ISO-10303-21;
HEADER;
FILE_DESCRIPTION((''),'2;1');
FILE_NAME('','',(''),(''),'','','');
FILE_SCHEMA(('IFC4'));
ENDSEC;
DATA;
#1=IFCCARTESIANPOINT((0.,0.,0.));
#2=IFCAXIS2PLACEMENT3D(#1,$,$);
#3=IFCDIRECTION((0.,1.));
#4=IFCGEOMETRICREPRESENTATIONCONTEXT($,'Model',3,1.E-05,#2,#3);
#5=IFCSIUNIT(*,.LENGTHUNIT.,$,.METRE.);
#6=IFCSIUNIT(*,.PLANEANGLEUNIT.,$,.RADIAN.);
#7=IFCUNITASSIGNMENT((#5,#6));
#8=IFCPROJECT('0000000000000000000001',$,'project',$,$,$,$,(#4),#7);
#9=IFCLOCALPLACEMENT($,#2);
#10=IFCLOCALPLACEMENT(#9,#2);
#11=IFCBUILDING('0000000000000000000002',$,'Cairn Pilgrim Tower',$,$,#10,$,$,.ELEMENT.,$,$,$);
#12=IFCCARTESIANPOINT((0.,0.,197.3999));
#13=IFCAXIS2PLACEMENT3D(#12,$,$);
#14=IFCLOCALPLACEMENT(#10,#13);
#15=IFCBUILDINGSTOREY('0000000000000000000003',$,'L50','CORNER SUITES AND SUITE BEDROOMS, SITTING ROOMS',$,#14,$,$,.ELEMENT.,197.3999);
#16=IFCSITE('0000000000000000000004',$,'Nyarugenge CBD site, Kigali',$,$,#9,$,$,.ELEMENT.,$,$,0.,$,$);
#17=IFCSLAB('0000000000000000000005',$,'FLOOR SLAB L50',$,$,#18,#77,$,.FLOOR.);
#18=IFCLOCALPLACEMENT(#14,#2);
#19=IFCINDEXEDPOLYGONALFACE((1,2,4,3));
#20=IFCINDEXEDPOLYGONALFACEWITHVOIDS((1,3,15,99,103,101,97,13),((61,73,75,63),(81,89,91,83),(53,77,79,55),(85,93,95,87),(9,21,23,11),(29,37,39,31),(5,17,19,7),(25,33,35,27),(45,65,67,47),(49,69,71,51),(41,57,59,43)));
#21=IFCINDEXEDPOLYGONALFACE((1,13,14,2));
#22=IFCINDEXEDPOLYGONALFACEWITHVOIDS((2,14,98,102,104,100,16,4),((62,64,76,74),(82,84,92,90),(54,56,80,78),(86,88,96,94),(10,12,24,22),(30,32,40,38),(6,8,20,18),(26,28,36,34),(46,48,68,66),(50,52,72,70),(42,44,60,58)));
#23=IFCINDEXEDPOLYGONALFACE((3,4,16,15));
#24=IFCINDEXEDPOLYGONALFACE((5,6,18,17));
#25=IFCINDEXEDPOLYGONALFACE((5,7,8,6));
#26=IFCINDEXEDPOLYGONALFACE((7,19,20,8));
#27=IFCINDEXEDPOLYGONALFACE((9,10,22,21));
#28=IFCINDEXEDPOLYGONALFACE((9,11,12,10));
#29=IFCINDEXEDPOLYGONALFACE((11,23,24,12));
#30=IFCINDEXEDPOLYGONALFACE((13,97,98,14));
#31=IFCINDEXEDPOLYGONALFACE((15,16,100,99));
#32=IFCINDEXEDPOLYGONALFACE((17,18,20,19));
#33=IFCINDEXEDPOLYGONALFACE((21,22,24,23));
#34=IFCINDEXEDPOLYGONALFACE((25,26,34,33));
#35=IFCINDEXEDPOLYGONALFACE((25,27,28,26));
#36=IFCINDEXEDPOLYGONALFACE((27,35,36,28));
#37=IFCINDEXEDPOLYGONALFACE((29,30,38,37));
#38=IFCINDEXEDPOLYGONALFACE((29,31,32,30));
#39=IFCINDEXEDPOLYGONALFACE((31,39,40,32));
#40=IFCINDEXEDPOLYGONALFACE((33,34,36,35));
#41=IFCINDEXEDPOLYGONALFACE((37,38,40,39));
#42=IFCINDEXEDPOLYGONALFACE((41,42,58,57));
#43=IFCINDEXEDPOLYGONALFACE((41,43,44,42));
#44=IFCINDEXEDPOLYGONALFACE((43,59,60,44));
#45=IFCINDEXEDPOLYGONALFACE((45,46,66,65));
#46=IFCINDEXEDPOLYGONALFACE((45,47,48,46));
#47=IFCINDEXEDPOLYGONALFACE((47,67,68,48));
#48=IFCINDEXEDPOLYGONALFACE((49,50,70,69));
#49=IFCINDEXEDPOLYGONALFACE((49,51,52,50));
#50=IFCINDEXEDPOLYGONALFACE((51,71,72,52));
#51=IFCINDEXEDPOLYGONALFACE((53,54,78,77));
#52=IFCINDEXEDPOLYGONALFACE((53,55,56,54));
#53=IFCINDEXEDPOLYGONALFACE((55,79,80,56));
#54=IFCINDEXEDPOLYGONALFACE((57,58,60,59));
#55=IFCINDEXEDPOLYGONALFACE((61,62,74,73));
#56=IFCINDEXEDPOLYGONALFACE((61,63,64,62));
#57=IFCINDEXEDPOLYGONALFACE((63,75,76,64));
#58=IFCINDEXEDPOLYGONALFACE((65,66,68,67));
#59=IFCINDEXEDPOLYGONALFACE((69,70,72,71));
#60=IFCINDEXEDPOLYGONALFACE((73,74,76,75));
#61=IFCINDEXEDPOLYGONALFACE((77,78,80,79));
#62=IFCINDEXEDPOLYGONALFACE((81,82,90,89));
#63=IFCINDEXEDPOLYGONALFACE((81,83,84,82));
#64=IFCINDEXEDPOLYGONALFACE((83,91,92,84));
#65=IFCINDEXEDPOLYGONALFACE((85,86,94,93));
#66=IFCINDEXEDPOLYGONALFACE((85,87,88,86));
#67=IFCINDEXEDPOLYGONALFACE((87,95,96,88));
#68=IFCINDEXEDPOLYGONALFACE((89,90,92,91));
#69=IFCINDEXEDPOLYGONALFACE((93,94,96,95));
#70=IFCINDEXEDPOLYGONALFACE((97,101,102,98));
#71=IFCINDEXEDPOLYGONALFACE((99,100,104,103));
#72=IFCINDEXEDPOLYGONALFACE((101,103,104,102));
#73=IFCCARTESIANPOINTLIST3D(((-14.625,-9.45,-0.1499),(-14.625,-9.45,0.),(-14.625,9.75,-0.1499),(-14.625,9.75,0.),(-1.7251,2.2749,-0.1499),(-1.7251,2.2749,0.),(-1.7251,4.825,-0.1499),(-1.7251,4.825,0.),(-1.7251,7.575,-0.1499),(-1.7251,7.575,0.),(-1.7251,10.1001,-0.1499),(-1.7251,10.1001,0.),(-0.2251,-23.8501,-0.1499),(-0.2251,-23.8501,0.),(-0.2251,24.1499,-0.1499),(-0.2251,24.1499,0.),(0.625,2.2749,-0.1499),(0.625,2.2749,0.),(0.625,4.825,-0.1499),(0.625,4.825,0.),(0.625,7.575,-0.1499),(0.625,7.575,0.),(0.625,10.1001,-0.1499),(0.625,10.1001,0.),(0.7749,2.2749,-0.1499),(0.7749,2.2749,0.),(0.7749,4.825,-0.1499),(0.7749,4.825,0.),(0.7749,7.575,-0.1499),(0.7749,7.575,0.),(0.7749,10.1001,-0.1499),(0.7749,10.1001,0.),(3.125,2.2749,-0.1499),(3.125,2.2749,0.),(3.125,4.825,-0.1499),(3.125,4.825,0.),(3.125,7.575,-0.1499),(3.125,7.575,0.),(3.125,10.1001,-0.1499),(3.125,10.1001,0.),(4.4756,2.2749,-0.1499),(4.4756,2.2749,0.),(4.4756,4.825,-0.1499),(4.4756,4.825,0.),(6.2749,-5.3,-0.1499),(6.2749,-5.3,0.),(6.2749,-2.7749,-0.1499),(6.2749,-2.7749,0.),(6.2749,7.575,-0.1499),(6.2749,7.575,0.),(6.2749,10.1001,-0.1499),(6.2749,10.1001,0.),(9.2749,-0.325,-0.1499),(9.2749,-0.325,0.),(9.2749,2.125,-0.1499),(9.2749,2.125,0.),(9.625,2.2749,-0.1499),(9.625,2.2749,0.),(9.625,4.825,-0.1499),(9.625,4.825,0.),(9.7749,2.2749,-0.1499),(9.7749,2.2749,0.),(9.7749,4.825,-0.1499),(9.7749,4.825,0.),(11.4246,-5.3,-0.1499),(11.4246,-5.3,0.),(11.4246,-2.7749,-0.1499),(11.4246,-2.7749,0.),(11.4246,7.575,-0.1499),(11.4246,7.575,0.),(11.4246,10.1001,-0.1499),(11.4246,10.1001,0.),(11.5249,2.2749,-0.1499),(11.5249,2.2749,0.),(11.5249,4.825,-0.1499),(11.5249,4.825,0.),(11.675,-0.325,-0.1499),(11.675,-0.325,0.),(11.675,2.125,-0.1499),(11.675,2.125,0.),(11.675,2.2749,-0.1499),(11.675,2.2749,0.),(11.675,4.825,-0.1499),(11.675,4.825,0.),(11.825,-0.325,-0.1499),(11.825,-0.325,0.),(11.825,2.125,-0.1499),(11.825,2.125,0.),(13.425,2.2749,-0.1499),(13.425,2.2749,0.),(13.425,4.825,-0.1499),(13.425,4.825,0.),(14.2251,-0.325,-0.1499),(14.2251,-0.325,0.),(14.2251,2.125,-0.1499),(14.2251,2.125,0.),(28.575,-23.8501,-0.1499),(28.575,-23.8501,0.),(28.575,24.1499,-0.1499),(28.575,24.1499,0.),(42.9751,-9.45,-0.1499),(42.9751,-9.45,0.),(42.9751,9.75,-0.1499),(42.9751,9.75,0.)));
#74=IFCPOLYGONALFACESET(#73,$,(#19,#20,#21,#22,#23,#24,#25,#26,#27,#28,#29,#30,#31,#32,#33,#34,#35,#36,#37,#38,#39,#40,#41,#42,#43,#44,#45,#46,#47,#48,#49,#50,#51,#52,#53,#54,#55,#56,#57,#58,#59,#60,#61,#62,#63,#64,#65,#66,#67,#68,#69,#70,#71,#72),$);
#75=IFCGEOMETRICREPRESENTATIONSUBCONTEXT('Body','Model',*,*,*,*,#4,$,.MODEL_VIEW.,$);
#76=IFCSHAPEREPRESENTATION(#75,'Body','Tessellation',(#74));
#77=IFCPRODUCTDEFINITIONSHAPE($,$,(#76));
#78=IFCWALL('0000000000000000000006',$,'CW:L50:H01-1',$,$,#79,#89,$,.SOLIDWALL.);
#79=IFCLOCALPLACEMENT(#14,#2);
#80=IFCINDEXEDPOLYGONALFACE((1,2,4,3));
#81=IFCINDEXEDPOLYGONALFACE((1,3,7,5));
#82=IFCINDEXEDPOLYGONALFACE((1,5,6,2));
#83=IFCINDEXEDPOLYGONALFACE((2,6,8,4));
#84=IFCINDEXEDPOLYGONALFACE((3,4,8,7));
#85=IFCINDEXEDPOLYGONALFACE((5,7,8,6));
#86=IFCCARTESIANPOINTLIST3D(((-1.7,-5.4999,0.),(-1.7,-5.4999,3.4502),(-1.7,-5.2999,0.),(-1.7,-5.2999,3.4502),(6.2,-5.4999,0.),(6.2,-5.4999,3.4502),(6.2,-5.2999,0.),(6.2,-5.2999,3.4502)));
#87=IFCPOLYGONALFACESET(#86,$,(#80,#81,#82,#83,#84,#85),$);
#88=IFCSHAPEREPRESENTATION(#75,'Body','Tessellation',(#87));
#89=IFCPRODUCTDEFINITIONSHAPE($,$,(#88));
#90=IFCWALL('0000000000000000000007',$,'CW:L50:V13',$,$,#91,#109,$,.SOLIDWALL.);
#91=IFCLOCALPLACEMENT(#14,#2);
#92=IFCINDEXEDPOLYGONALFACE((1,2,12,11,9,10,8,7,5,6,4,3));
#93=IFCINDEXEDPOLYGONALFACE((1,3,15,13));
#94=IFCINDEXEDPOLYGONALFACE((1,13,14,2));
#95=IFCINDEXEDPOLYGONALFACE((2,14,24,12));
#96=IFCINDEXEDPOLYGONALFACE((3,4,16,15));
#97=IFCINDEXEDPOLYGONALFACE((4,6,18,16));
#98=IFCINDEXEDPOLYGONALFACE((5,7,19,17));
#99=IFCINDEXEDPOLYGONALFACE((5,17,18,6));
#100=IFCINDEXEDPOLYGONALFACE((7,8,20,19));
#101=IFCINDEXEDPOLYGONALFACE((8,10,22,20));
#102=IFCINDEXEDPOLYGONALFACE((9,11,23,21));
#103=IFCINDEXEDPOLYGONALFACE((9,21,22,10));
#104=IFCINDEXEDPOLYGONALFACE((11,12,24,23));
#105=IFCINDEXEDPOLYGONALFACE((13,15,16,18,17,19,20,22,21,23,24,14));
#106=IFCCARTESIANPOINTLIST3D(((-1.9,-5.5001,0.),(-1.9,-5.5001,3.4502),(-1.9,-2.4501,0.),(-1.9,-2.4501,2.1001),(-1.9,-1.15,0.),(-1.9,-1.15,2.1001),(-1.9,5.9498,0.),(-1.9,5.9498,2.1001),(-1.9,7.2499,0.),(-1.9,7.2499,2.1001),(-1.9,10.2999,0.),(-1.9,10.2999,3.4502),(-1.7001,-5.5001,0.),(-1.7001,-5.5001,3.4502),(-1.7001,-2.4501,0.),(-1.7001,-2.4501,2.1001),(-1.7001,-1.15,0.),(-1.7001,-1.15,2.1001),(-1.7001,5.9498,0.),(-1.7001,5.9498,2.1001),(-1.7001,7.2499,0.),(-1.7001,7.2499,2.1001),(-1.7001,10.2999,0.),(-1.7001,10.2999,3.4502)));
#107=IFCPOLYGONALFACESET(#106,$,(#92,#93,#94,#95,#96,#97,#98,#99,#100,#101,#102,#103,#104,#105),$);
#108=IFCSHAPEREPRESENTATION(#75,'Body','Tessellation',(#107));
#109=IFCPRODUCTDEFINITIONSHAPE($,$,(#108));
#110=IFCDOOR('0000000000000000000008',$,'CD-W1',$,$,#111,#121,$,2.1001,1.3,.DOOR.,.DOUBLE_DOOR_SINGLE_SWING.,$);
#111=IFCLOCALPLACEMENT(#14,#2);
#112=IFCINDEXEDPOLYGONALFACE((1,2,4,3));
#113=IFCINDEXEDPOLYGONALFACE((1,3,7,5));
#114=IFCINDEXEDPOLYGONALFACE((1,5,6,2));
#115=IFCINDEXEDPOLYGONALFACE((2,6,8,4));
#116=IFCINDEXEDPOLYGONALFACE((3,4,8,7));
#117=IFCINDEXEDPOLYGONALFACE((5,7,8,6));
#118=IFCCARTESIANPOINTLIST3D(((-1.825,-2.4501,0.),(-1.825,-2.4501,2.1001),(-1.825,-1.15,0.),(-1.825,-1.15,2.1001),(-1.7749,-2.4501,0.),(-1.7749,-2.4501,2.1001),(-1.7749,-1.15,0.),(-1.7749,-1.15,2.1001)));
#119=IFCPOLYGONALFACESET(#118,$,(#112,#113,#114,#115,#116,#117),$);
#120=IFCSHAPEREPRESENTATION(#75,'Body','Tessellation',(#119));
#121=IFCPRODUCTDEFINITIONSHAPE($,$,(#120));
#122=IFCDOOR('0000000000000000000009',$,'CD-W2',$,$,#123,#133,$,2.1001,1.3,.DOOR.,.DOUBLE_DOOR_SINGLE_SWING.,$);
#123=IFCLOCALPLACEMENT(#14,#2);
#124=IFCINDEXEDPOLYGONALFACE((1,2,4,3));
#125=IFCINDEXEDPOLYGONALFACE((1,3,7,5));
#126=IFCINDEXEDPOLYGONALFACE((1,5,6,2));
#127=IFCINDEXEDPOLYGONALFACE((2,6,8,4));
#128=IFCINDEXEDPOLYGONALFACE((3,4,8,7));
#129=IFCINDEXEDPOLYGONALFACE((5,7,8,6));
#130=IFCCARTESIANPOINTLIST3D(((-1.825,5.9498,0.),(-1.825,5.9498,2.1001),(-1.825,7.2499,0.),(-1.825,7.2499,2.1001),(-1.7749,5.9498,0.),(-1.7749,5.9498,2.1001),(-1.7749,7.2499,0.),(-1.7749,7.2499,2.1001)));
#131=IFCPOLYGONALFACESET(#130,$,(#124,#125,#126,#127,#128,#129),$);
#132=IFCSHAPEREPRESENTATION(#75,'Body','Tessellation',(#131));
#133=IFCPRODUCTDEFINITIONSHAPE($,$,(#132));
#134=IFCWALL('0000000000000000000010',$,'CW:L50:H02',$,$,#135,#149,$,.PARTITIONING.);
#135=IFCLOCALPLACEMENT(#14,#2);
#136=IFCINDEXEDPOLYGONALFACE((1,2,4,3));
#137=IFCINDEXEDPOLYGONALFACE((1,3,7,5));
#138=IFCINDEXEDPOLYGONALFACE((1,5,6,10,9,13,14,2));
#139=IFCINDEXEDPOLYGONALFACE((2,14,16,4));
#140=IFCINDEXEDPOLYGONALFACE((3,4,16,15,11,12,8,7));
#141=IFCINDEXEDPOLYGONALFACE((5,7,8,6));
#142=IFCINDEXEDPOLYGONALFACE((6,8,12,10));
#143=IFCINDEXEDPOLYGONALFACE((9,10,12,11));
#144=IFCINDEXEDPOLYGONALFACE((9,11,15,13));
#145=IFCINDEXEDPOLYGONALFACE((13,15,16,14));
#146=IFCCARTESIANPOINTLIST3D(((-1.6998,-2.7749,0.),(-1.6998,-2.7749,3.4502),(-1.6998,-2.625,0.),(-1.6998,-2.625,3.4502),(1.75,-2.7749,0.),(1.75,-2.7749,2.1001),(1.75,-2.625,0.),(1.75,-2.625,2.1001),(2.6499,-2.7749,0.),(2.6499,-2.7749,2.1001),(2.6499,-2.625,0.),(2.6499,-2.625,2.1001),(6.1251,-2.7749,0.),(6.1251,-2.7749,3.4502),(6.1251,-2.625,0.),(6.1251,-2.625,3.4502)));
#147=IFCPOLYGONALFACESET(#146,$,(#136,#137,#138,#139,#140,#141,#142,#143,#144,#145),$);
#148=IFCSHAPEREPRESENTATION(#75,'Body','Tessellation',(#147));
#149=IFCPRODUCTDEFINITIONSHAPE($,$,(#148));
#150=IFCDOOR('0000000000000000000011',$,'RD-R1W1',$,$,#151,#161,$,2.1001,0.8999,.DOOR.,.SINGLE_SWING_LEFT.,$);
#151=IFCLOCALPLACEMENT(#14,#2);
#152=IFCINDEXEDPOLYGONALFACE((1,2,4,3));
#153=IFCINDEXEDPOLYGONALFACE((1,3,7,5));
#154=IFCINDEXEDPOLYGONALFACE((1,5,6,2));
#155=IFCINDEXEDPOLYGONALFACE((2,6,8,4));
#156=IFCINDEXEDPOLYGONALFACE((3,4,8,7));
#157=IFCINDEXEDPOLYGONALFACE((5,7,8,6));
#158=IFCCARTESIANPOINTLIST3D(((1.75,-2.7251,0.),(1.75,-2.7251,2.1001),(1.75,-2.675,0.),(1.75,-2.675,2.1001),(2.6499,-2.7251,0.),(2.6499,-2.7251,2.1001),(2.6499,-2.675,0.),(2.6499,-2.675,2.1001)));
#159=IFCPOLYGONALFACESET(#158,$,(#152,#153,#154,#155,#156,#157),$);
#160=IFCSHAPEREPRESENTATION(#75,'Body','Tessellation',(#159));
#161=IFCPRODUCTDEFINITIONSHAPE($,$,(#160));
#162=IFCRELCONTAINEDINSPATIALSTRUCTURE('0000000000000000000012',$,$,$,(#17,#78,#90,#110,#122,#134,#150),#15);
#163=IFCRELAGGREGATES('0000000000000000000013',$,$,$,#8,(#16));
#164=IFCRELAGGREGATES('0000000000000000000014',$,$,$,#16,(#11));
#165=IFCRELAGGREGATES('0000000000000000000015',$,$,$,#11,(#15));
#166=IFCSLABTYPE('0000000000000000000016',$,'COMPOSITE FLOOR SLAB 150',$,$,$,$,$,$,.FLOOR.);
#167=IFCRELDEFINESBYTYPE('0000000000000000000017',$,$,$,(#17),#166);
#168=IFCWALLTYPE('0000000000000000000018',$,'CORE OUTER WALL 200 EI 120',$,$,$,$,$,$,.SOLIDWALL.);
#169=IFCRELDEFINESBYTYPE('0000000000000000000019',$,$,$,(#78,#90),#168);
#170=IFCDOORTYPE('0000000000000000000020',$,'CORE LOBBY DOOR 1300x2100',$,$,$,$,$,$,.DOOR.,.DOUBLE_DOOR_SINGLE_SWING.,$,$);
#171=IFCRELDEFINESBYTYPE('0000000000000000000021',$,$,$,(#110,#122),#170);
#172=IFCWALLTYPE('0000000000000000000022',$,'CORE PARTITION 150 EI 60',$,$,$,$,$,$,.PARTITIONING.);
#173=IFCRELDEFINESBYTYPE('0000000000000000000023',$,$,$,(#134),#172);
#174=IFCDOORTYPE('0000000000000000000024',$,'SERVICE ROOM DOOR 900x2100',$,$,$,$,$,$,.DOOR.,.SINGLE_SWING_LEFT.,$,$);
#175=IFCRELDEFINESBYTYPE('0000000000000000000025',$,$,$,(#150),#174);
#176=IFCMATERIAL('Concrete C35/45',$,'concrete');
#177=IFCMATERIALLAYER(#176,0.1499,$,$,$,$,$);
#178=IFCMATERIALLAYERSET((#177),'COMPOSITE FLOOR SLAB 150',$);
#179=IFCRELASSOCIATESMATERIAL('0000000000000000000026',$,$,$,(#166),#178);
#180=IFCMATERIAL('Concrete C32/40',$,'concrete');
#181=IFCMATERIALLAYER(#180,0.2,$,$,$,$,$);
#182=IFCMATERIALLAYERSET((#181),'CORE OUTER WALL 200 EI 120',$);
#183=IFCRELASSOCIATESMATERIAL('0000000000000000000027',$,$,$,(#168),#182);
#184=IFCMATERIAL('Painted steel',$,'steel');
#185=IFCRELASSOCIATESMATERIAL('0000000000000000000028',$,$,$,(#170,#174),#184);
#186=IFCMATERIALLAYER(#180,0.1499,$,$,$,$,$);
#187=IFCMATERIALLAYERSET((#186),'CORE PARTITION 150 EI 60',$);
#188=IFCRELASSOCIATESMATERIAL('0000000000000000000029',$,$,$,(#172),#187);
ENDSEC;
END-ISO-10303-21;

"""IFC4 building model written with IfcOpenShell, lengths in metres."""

from ifc_helpers import new_model, si_unit, direction, frame, frame_2d, origin, place, context, subcontext, project, spatial, polyline, rectangle, outline, extrude, material, layer, layer_set, type_object, element, fill, save


model = new_model("IFC4")

# Units and contexts
model_context = context("Model", 3, precision=1e-05, world=origin(), true_north=direction((0.0, 1.0)))
body_context = subcontext(model_context, "Body", "Model", "MODEL_VIEW")
ifc_project = project(units=[si_unit("LENGTHUNIT", "METRE"), si_unit("PLANEANGLEUNIT", "RADIAN")], contexts=[model_context])

# Site, building, storey
site_placement = place(None, origin())
site = spatial("IfcSite", under=ifc_project, at=site_placement, Name="Nyarugenge CBD site, Kigali", CompositionType="ELEMENT", RefElevation=0.0)
building_placement = place(site_placement, origin())
building = spatial("IfcBuilding", under=site, at=building_placement, Name="Cairn Pilgrim Tower", CompositionType="ELEMENT")
storey_placement = place(building_placement, frame((0.0, 0.0, 197.3999)))
storey = spatial("IfcBuildingStorey", under=building, at=storey_placement, Name="L50", Description="CORNER SUITES AND SUITE BEDROOMS, SITTING ROOMS", CompositionType="ELEMENT", Elevation=197.3999)

# Slab
ifc_material_1 = material(Name="Concrete C35/45", Category="concrete")
ifc_layer_1 = layer(ifc_material_1, 0.1499)
ifc_layer_set_1 = layer_set([ifc_layer_1], Name="COMPOSITE FLOOR SLAB 150")
slab_type_1 = type_object("IfcSlabType", Name="COMPOSITE FLOOR SLAB 150", PredefinedType="FLOOR", material=ifc_layer_set_1)
slab_1_placement = place(storey_placement, frame((0.0, 0.0, -0.1499)))
element("IfcSlab", 1, at=slab_1_placement, inside=storey, type_object=slab_type_1, Name="FLOOR SLAB L50", PredefinedType="FLOOR", context=body_context, shape_type="SweptSolid", body=[
    extrude(outline(polyline([(-0.2251, -23.8501), (28.575, -23.8501), (42.9751, -9.45), (42.9751, 9.75), (28.575, 24.1499), (-0.2251, 24.1499), (-14.625, 9.75), (-14.625, -9.45), (-0.2251, -23.8501)]), holes=[polyline([(9.2749, -0.325), (11.675, -0.325), (11.675, 2.125), (9.2749, 2.125), (9.2749, -0.325)]), polyline([(11.825, -0.325), (14.2251, -0.325), (14.2251, 2.125), (11.825, 2.125), (11.825, -0.325)]), polyline([(-1.7251, 2.2749), (0.625, 2.2749), (0.625, 4.825), (-1.7251, 4.825), (-1.7251, 2.2749)]), polyline([(0.7749, 2.2749), (3.125, 2.2749), (3.125, 4.825), (0.7749, 4.825), (0.7749, 2.2749)]), polyline([(-1.7251, 7.575), (0.625, 7.575), (0.625, 10.1001), (-1.7251, 10.1001), (-1.7251, 7.575)]), polyline([(0.7749, 7.575), (3.125, 7.575), (3.125, 10.1001), (0.7749, 10.1001), (0.7749, 7.575)]), polyline([(9.7749, 2.2749), (11.5249, 2.2749), (11.5249, 4.825), (9.7749, 4.825), (9.7749, 2.2749)]), polyline([(11.675, 2.2749), (13.425, 2.2749), (13.425, 4.825), (11.675, 4.825), (11.675, 2.2749)]), polyline([(11.4246, -2.7749), (6.2749, -2.7749), (6.2749, -5.3), (11.4246, -5.3), (11.4246, -2.7749)]), polyline([(4.4756, 2.2749), (9.625, 2.2749), (9.625, 4.825), (4.4756, 4.825), (4.4756, 2.2749)]), polyline([(11.4246, 10.1001), (6.2749, 10.1001), (6.2749, 7.575), (11.4246, 7.575), (11.4246, 10.1001)])]), origin(), (0.0, 0.0, 1.0), 0.1499),
])

# Wall
ifc_material_2 = material(Name="Concrete C32/40", Category="concrete")
ifc_layer_2 = layer(ifc_material_2, 0.2)
ifc_layer_set_2 = layer_set([ifc_layer_2], Name="CORE OUTER WALL 200 EI 120")
wall_type_1 = type_object("IfcWallType", Name="CORE OUTER WALL 200 EI 120", PredefinedType="SOLIDWALL", material=ifc_layer_set_2)
wall_1_placement = place(storey_placement, frame((-1.7, -5.3999, 0.0), z_axis=(0.0, 0.0, 1.0), x_axis=(1.0, 0.0, 0.0)))
element("IfcWall", 2, at=wall_1_placement, inside=storey, type_object=wall_type_1, Name="CW:L50:H01-1", PredefinedType="SOLIDWALL", context=body_context, shape_type="SweptSolid", body=[
    extrude(rectangle(XDim=7.8999, YDim=0.2, at=frame_2d((3.95, 0.0))), origin(), (0.0, 0.0, 1.0), 3.4502),
])

# Wall, openings, doors
wall_2_placement = place(storey_placement, frame((-1.8, -5.5, 0.0), z_axis=(0.0, 0.0, 1.0), x_axis=(0.0, 1.0, 0.0)))
wall_2 = element("IfcWall", 3, at=wall_2_placement, inside=storey, type_object=wall_type_1, Name="CW:L50:V13", PredefinedType="SOLIDWALL", context=body_context, shape_type="SweptSolid", body=[
    extrude(rectangle(XDim=15.8, YDim=0.2, at=frame_2d((7.8999, 0.0))), origin(), (0.0, 0.0, 1.0), 3.4502),
])
opening_1_placement = place(wall_2_placement, frame((3.05, 0.0, 0.0)))
opening_1 = element("IfcOpeningElement", 4, at=opening_1_placement, cuts=wall_2, PredefinedType="OPENING", context=body_context, shape_type="SweptSolid", body=[
    extrude(rectangle(XDim=1.3, YDim=2.1001, at=frame_2d((0.6499, 1.05))), frame((0.0, 0.1099, 0.0), z_axis=(0.0, -1.0, 0.0), x_axis=(1.0, 0.0, 0.0)), (0.0, 0.0, 1.0), 0.22),
])
opening_2_placement = place(wall_2_placement, frame((11.45, 0.0, 0.0)))
opening_2 = element("IfcOpeningElement", 5, at=opening_2_placement, cuts=wall_2, PredefinedType="OPENING", context=body_context, shape_type="SweptSolid", body=[
    extrude(rectangle(XDim=1.3, YDim=2.1001, at=frame_2d((0.6499, 1.05))), frame((0.0, 0.1099, 0.0), z_axis=(0.0, -1.0, 0.0), x_axis=(1.0, 0.0, 0.0)), (0.0, 0.0, 1.0), 0.22),
])
ifc_material_3 = material(Name="Painted steel", Category="steel")
door_type_1 = type_object("IfcDoorType", Name="CORE LOBBY DOOR 1300x2100", OperationType="DOUBLE_DOOR_SINGLE_SWING", PredefinedType="DOOR", material=ifc_material_3)
door_1_placement = place(opening_1_placement, origin())
door_1 = element("IfcDoor", 6, at=door_1_placement, inside=storey, type_object=door_type_1, Name="CD-W1", OperationType="DOUBLE_DOOR_SINGLE_SWING", OverallHeight=2.1001, OverallWidth=1.3, PredefinedType="DOOR", context=body_context, shape_type="SweptSolid", body=[
    extrude(rectangle(XDim=1.3, YDim=2.1001, at=frame_2d((0.6499, 1.05))), frame((0.0, 0.0249, 0.0), z_axis=(0.0, -1.0, 0.0), x_axis=(1.0, 0.0, 0.0)), (0.0, 0.0, 1.0), 0.05),
])
fill(opening_1, door_1)
door_2_placement = place(opening_2_placement, origin())
door_2 = element("IfcDoor", 7, at=door_2_placement, inside=storey, type_object=door_type_1, Name="CD-W2", OperationType="DOUBLE_DOOR_SINGLE_SWING", OverallHeight=2.1001, OverallWidth=1.3, PredefinedType="DOOR", context=body_context, shape_type="SweptSolid", body=[
    extrude(rectangle(XDim=1.3, YDim=2.1001, at=frame_2d((0.6499, 1.05))), frame((0.0, 0.0249, 0.0), z_axis=(0.0, -1.0, 0.0), x_axis=(1.0, 0.0, 0.0)), (0.0, 0.0, 1.0), 0.05),
])
fill(opening_2, door_2)

# Wall, opening, door
ifc_layer_3 = layer(ifc_material_2, 0.1499)
ifc_layer_set_3 = layer_set([ifc_layer_3], Name="CORE PARTITION 150 EI 60")
wall_type_2 = type_object("IfcWallType", Name="CORE PARTITION 150 EI 60", PredefinedType="PARTITIONING", material=ifc_layer_set_3)
wall_3_placement = place(storey_placement, frame((-1.7, -2.7, 0.0), z_axis=(0.0, 0.0, 1.0), x_axis=(1.0, 0.0, 0.0)))
wall_3 = element("IfcWall", 8, at=wall_3_placement, inside=storey, type_object=wall_type_2, Name="CW:L50:H02", PredefinedType="PARTITIONING", context=body_context, shape_type="SweptSolid", body=[
    extrude(rectangle(XDim=7.825, YDim=0.1499, at=frame_2d((3.9126, 0.0))), origin(), (0.0, 0.0, 1.0), 3.4502),
])
opening_3_placement = place(wall_3_placement, frame((3.45, 0.0, 0.0)))
opening_3 = element("IfcOpeningElement", 9, at=opening_3_placement, cuts=wall_3, PredefinedType="OPENING", context=body_context, shape_type="SweptSolid", body=[
    extrude(rectangle(XDim=0.8999, YDim=2.1001, at=frame_2d((0.45, 1.05))), frame((0.0, 0.085, 0.0), z_axis=(0.0, -1.0, 0.0), x_axis=(1.0, 0.0, 0.0)), (0.0, 0.0, 1.0), 0.1699),
])
door_type_2 = type_object("IfcDoorType", Name="SERVICE ROOM DOOR 900x2100", OperationType="SINGLE_SWING_LEFT", PredefinedType="DOOR", material=ifc_material_3)
door_3_placement = place(opening_3_placement, origin())
door_3 = element("IfcDoor", 10, at=door_3_placement, inside=storey, type_object=door_type_2, Name="RD-R1W1", OperationType="SINGLE_SWING_LEFT", OverallHeight=2.1001, OverallWidth=0.8999, PredefinedType="DOOR", context=body_context, shape_type="SweptSolid", body=[
    extrude(rectangle(XDim=0.8999, YDim=2.1001, at=frame_2d((0.45, 1.05))), frame((0.0, 0.0249, 0.0), z_axis=(0.0, -1.0, 0.0), x_axis=(1.0, 0.0, 0.0)), (0.0, 0.0, 1.0), 0.05),
])
fill(opening_3, door_3)

save(model, "model.ifc")
